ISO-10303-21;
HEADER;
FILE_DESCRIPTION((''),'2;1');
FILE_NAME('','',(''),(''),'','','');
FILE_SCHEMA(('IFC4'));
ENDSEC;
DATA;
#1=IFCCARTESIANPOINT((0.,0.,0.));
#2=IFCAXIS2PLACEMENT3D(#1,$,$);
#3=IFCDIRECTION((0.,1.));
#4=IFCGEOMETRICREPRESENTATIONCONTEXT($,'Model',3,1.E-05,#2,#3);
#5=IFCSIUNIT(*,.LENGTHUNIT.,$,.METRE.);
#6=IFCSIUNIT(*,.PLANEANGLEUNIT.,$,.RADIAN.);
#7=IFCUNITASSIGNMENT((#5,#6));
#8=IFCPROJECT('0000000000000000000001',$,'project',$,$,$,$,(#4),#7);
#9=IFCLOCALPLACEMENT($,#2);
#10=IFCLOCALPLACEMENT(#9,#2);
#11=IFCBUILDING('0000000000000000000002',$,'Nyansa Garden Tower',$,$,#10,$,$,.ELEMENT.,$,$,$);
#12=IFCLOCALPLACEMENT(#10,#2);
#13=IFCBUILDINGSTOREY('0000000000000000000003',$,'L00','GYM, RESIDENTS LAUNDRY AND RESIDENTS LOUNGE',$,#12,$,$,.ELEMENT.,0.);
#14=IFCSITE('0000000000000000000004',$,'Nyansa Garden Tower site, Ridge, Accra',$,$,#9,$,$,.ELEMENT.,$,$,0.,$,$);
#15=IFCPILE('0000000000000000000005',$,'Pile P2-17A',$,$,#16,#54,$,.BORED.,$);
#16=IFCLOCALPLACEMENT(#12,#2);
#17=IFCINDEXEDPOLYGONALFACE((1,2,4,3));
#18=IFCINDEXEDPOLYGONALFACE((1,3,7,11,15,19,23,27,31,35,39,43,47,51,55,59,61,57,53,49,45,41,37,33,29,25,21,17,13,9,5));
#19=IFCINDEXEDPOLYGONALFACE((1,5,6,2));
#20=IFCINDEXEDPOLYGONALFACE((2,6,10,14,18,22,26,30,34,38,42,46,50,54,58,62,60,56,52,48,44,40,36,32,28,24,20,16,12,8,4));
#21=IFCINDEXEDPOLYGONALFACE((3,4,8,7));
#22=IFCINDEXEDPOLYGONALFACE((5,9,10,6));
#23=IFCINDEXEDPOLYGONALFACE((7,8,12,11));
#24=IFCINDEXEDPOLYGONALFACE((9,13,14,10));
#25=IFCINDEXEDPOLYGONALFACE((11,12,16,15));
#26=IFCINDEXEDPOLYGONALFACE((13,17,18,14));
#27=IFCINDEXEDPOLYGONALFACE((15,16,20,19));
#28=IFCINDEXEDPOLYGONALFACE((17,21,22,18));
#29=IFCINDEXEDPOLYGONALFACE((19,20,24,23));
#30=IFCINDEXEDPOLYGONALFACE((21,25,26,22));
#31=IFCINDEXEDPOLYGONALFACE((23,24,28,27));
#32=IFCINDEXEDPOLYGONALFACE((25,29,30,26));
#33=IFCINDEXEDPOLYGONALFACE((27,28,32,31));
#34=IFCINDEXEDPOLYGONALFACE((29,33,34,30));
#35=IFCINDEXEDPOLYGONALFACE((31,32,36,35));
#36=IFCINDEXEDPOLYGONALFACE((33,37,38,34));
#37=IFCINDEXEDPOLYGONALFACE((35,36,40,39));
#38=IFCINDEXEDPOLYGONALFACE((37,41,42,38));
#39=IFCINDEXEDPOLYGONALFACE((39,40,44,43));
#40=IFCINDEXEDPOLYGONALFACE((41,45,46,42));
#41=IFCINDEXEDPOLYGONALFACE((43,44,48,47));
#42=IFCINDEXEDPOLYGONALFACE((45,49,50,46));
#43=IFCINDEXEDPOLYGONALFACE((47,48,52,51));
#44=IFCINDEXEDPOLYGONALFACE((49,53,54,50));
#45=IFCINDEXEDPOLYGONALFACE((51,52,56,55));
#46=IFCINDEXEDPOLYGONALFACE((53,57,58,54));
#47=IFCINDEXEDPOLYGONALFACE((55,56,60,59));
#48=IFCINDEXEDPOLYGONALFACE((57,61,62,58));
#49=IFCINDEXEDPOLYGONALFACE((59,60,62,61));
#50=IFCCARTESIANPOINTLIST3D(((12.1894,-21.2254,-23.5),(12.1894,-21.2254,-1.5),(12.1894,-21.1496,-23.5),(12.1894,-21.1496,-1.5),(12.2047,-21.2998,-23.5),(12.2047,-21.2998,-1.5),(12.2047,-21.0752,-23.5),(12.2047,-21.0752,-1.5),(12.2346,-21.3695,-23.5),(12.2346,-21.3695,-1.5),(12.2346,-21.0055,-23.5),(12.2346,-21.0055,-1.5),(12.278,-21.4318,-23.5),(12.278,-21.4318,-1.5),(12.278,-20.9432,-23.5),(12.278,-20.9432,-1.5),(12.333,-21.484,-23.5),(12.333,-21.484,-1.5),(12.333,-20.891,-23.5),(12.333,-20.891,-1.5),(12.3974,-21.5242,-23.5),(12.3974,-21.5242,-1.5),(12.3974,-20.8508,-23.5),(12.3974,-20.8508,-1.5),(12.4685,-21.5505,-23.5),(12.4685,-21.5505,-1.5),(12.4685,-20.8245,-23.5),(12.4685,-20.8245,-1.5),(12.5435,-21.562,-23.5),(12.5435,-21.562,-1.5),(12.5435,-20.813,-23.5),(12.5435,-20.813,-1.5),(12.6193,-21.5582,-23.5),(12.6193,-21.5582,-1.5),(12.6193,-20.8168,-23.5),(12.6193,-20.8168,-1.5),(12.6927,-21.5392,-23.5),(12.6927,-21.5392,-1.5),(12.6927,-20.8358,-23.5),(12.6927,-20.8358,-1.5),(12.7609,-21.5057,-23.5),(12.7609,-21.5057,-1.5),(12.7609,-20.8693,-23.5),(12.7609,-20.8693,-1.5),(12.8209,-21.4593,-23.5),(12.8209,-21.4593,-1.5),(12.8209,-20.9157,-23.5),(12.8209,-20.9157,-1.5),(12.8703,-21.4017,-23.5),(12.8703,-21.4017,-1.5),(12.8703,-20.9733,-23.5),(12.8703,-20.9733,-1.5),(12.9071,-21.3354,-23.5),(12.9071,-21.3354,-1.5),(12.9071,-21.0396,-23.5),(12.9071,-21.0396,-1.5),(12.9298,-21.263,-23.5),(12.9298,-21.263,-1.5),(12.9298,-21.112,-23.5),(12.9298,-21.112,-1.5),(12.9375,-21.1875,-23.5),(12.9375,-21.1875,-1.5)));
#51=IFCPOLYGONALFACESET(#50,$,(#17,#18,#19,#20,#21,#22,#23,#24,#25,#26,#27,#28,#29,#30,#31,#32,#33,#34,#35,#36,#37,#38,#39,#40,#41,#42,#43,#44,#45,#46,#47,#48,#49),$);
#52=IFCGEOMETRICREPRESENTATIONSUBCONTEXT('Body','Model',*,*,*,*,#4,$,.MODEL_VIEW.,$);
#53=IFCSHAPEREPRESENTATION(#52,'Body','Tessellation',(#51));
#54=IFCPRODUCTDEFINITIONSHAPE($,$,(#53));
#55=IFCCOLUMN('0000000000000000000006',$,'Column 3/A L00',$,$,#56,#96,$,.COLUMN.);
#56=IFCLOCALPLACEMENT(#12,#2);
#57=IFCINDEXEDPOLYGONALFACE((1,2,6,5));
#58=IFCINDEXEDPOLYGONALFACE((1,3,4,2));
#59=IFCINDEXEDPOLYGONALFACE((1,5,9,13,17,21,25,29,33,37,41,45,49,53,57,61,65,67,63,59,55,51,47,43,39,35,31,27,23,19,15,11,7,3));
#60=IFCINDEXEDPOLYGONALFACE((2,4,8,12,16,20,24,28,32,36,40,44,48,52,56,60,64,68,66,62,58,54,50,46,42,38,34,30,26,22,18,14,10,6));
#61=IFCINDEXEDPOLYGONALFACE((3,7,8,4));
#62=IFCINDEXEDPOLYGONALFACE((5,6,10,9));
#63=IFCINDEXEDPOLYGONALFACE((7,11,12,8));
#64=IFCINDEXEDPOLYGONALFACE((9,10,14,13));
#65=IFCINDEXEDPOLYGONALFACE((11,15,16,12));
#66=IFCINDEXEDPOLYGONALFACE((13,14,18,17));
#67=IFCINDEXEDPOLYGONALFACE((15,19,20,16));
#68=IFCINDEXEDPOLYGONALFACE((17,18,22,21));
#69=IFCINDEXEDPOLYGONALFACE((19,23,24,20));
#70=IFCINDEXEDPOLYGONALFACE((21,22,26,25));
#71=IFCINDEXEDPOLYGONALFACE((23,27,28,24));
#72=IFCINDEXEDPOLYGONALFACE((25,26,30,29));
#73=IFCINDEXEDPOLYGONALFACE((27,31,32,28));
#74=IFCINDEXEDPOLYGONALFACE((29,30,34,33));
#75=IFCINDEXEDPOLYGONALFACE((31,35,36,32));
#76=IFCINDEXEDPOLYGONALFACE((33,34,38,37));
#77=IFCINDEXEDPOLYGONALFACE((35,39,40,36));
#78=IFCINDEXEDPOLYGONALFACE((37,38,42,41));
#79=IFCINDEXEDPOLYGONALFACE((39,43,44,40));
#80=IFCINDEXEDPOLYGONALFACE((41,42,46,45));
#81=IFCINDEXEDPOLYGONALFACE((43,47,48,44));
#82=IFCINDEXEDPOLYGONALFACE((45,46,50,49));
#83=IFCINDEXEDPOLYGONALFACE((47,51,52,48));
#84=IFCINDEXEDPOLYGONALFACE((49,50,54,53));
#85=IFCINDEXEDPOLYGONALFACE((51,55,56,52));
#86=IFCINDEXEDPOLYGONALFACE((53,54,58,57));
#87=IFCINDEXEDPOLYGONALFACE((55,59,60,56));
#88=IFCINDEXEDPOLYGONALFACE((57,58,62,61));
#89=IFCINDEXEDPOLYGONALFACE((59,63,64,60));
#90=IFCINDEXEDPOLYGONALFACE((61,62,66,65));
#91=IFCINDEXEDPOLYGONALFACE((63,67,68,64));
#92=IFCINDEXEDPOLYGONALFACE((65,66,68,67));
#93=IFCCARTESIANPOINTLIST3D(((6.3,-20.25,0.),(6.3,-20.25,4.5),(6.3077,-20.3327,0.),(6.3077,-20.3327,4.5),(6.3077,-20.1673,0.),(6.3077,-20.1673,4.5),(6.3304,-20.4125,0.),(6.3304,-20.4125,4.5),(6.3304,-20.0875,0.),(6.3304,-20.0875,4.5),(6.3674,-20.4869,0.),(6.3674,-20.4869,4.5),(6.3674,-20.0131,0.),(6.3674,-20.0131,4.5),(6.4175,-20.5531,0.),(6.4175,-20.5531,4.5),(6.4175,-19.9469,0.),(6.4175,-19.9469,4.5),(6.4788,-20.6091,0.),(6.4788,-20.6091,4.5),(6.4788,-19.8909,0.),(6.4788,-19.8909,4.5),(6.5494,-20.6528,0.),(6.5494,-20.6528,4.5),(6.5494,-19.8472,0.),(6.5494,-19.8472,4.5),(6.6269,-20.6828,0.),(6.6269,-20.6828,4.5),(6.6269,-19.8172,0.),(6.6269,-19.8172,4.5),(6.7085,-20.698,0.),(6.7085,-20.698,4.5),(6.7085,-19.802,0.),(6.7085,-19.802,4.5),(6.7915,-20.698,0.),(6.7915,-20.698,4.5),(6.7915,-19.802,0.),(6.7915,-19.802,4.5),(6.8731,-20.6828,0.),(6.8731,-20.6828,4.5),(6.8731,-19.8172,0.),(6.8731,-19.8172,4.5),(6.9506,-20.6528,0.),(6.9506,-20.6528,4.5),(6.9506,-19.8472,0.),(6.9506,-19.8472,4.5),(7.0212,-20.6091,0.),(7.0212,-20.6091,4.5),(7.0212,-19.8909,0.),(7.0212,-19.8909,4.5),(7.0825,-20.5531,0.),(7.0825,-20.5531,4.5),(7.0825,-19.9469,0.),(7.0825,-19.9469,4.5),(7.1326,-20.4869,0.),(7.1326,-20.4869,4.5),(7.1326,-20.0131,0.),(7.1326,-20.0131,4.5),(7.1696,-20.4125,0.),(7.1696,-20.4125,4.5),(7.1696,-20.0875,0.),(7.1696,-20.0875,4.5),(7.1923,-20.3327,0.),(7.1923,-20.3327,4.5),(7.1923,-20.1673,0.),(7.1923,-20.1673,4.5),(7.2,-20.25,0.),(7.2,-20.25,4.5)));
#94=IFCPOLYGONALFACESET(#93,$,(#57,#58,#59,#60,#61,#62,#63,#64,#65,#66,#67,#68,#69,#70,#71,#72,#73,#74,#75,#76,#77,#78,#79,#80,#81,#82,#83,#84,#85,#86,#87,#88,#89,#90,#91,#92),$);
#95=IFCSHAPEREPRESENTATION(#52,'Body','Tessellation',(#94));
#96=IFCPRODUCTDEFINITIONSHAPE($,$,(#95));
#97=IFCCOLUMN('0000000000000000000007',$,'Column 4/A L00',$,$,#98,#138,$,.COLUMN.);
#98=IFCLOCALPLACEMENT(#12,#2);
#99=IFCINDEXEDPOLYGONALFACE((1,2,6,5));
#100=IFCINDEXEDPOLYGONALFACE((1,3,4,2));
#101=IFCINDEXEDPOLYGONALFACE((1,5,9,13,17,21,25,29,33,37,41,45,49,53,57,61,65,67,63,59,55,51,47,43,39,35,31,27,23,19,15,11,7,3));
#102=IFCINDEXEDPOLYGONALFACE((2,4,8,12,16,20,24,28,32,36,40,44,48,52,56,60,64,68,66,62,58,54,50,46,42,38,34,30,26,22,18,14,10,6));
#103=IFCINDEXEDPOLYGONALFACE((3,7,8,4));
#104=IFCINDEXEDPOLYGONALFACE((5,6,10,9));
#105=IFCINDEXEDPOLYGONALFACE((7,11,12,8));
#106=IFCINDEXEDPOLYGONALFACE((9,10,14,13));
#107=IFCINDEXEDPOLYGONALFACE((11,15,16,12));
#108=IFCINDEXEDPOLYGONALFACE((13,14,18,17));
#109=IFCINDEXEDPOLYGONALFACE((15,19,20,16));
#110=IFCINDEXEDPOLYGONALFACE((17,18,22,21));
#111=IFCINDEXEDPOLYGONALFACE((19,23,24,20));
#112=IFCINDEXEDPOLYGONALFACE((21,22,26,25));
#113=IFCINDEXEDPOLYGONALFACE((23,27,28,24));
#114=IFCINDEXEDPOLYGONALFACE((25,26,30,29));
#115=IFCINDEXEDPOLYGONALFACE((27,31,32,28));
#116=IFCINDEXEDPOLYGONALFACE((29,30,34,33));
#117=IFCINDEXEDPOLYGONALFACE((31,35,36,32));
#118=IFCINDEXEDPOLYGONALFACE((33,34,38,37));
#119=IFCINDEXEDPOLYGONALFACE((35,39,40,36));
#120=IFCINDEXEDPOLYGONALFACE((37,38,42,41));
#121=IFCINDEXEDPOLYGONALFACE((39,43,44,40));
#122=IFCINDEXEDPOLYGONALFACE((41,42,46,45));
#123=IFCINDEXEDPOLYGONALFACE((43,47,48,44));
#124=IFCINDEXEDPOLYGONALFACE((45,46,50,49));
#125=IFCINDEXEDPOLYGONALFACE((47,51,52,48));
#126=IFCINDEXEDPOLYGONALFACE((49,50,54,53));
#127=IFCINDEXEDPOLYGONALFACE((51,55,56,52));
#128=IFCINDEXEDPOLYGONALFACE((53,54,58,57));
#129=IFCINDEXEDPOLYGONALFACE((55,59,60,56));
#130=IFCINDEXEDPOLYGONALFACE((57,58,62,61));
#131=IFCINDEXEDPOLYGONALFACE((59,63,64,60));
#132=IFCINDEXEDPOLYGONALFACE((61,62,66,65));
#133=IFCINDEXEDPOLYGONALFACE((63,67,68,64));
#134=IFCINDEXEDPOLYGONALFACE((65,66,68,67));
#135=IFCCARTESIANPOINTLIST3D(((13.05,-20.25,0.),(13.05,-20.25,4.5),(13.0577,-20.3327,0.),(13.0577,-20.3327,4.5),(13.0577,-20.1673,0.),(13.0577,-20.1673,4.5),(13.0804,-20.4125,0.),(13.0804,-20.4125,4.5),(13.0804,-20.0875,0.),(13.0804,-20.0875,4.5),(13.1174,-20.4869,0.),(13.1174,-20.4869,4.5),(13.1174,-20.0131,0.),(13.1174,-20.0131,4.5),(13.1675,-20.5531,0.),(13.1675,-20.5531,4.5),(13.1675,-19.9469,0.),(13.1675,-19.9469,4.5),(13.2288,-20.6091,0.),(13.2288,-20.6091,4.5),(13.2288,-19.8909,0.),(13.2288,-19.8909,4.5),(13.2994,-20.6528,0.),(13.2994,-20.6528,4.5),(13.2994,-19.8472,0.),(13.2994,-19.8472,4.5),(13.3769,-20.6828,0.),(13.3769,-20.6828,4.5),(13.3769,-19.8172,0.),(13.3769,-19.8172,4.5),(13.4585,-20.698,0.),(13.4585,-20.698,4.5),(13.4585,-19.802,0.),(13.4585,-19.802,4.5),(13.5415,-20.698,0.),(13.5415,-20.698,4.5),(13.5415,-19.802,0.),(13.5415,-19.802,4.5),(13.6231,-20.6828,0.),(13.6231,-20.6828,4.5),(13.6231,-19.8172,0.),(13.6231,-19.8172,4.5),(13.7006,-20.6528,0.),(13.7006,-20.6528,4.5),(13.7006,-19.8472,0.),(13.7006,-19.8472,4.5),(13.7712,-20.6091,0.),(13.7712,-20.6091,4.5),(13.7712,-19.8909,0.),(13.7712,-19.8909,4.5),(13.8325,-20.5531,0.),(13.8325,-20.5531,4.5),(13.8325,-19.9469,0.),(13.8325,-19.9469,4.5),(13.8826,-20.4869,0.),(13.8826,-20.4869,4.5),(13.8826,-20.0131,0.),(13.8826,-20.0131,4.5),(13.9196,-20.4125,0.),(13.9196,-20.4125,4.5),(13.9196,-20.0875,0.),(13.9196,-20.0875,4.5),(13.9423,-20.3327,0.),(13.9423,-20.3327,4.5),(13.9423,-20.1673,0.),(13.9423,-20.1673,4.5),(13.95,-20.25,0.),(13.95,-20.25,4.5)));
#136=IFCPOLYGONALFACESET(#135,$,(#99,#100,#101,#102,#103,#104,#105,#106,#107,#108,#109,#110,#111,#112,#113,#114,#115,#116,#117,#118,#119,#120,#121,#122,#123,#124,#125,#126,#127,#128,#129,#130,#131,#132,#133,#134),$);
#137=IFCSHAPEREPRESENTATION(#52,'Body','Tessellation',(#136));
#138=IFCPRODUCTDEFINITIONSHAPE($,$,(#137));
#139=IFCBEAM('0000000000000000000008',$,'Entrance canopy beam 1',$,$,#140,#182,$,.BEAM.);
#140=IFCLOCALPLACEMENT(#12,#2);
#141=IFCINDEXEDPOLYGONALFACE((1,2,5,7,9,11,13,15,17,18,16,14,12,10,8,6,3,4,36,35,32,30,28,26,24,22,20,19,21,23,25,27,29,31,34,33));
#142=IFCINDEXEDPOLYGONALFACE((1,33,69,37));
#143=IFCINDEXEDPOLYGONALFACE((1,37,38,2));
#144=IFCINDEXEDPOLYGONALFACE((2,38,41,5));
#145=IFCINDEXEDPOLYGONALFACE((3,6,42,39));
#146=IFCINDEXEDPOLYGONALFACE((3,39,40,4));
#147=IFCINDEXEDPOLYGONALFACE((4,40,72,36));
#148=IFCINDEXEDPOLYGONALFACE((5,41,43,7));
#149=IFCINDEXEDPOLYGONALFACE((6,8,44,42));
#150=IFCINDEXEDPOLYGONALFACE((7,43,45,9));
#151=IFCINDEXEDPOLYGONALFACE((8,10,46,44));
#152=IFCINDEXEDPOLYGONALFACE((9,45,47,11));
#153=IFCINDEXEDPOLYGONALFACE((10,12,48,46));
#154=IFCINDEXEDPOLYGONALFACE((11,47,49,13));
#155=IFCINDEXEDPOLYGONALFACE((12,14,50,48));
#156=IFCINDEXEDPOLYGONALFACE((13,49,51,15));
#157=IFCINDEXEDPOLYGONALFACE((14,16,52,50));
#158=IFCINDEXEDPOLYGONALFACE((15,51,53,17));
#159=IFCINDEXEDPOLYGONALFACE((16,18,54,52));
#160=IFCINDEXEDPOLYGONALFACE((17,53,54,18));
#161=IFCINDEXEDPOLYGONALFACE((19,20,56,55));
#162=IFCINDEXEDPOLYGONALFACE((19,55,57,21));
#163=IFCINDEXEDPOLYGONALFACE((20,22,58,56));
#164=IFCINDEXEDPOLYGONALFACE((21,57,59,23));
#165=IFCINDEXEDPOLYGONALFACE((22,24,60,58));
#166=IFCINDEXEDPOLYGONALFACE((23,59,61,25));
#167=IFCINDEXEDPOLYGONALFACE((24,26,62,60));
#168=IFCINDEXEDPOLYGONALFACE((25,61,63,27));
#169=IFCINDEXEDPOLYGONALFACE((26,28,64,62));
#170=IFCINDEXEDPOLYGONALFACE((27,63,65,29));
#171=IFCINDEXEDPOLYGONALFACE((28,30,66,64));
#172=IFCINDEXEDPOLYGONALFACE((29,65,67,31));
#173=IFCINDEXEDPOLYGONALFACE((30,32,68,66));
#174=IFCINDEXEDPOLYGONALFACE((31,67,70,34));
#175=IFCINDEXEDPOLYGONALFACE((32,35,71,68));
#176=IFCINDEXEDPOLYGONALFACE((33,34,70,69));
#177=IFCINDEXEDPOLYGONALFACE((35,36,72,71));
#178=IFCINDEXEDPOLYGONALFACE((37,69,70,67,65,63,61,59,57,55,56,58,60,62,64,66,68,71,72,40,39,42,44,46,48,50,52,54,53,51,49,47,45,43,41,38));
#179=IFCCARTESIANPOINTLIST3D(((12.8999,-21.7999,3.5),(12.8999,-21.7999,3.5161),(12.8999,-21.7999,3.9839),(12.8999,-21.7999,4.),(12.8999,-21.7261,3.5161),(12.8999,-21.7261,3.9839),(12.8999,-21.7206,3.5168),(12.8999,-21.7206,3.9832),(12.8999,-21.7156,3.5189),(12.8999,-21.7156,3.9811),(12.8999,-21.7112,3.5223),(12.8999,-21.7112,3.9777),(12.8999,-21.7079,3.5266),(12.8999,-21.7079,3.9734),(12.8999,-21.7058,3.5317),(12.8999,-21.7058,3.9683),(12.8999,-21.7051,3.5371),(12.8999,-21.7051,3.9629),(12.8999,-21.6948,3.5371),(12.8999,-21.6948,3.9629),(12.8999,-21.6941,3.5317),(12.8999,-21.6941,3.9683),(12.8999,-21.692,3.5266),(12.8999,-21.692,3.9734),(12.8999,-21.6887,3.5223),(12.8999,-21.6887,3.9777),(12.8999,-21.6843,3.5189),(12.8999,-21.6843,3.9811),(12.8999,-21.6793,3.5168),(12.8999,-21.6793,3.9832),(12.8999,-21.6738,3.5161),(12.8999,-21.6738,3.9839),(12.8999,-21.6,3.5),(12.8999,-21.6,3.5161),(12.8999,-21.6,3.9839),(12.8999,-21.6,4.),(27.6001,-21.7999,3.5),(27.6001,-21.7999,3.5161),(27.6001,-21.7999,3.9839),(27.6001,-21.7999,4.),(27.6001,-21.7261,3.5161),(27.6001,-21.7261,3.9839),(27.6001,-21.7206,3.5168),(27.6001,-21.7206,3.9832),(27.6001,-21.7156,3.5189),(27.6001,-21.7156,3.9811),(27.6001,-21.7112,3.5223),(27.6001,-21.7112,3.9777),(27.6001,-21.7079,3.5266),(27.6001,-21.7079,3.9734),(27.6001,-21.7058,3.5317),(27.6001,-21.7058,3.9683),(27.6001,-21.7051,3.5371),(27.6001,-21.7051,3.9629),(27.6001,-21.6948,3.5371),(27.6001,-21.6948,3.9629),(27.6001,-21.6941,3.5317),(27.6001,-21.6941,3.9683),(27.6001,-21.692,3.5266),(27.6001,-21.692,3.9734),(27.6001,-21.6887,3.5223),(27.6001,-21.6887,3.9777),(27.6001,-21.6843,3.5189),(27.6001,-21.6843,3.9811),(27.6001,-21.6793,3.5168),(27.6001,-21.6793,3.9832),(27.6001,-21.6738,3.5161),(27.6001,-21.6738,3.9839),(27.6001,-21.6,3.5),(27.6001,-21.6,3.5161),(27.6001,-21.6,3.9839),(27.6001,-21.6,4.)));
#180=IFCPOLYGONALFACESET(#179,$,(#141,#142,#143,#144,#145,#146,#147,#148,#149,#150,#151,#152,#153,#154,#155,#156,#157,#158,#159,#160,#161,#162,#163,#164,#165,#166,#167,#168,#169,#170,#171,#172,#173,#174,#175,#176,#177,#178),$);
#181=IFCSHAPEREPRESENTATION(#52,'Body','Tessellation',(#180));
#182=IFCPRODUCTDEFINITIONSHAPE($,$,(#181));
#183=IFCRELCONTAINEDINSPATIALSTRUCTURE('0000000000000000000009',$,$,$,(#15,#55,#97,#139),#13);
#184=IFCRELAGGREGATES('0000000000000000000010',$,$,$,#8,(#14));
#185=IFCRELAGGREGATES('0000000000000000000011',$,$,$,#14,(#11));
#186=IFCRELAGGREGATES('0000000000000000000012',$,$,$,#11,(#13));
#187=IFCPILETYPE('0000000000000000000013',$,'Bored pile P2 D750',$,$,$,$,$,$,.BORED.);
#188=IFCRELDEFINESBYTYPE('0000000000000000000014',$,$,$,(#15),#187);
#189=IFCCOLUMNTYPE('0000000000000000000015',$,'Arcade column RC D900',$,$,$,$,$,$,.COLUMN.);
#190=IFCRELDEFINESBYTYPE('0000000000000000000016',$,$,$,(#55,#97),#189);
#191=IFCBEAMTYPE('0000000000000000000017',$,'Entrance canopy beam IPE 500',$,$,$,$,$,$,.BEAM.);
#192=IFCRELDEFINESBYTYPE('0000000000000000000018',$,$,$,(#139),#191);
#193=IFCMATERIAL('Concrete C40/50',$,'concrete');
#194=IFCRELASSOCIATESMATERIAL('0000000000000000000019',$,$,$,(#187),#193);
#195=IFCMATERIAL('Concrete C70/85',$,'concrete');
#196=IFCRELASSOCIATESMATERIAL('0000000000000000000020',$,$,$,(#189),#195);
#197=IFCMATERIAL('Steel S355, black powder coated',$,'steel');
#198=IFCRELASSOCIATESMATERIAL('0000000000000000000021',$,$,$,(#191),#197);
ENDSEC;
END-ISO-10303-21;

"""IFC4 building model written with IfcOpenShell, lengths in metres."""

from ifc_helpers import new_model, si_unit, direction, frame, origin, origin_2d, place, context, subcontext, project, spatial, circle, i_section, extrude, material, material_profile, profile_set, type_object, element, save


model = new_model("IFC4")

# Units and contexts
model_context = context("Model", 3, precision=1e-05, world=origin(), true_north=direction((0.0, 1.0)))
body_context = subcontext(model_context, "Body", "Model", "MODEL_VIEW")
ifc_project = project(units=[si_unit("LENGTHUNIT", "METRE"), si_unit("PLANEANGLEUNIT", "RADIAN")], contexts=[model_context])

# Site, building, storey
site_placement = place(None, origin())
site = spatial("IfcSite", under=ifc_project, at=site_placement, Name="Nyansa Garden Tower site, Ridge, Accra", CompositionType="ELEMENT", RefElevation=0.0)
building_placement = place(site_placement, origin())
building = spatial("IfcBuilding", under=site, at=building_placement, Name="Nyansa Garden Tower", CompositionType="ELEMENT")
storey_placement = place(building_placement, origin())
storey = spatial("IfcBuildingStorey", under=building, at=storey_placement, Name="L00", Description="GYM, RESIDENTS LAUNDRY AND RESIDENTS LOUNGE", CompositionType="ELEMENT", Elevation=0.0)

# Pile
ifc_material_1 = material(Name="Concrete C40/50", Category="concrete")
pile_type_1 = type_object("IfcPileType", Name="Bored pile P2 D750", PredefinedType="BORED", material=ifc_material_1)
for number, where, z_axis, x_axis, name in (
    (1, (12.5625, -21.1875, -1.5), (0.0, 0.0, -1.0), (1.0, 0.0, 0.0), "Pile P2-17A"),
):
    element("IfcPile", number, at=place(storey_placement, frame(where, z_axis=z_axis, x_axis=x_axis)), inside=storey, type_object=pile_type_1, Name=name, PredefinedType="BORED", context=body_context, shape_type="SweptSolid", body=[
        extrude(circle(Radius=0.375, at=origin_2d()), origin(), (0.0, 0.0, 1.0), 22.0),
    ])

# Columns
ifc_material_2 = material(Name="Concrete C70/85", Category="concrete")
ifc_material_profile_1 = material_profile(ifc_material_2, circle(Radius=0.45, at=origin_2d()), Name="RC D900")
ifc_profile_set_1 = profile_set([ifc_material_profile_1], Name="Concrete C70/85")
column_type = type_object("IfcColumnType", Name="Arcade column RC D900", PredefinedType="COLUMN", material=ifc_profile_set_1)
for number, where, z_axis, x_axis, name in (
    (2, (6.75, -20.25, 0.0), (0.0, 0.0, 1.0), (1.0, 0.0, 0.0), "Column 3/A L00"),
    (3, (13.5, -20.25, 0.0), (0.0, 0.0, 1.0), (1.0, 0.0, 0.0), "Column 4/A L00"),
):
    element("IfcColumn", number, at=place(storey_placement, frame(where, z_axis=z_axis, x_axis=x_axis)), inside=storey, type_object=column_type, Name=name, PredefinedType="COLUMN", context=body_context, shape_type="SweptSolid", body=[
        extrude(circle(Radius=0.45, at=origin_2d()), origin(), (0.0, 0.0, 1.0), 4.5),
    ])

# Beam
ifc_material_3 = material(Name="Steel S355, black powder coated", Category="steel")
ifc_material_profile_2 = material_profile(ifc_material_3, i_section(OverallWidth=0.2, OverallDepth=0.5, WebThickness=0.0103, FlangeThickness=0.0161, FilletRadius=0.021, at=origin_2d()), Name="IPE 500")
ifc_profile_set_2 = profile_set([ifc_material_profile_2], Name="Steel S355, black powder coated")
beam_type_1 = type_object("IfcBeamType", Name="Entrance canopy beam IPE 500", PredefinedType="BEAM", material=ifc_profile_set_2)
for number, where, z_axis, x_axis, name in (
    (4, (12.8999, -21.7, 3.75), (1.0, 0.0, 0.0), (0.0, 1.0, 0.0), "Entrance canopy beam 1"),
):
    element("IfcBeam", number, at=place(storey_placement, frame(where, z_axis=z_axis, x_axis=x_axis)), inside=storey, type_object=beam_type_1, Name=name, PredefinedType="BEAM", context=body_context, shape_type="SweptSolid", body=[
        extrude(i_section(OverallWidth=0.2, OverallDepth=0.5, WebThickness=0.0103, FlangeThickness=0.0161, FilletRadius=0.021, at=origin_2d()), origin(), (0.0, 0.0, 1.0), 14.7002),
    ])

save(model, "model.ifc")
